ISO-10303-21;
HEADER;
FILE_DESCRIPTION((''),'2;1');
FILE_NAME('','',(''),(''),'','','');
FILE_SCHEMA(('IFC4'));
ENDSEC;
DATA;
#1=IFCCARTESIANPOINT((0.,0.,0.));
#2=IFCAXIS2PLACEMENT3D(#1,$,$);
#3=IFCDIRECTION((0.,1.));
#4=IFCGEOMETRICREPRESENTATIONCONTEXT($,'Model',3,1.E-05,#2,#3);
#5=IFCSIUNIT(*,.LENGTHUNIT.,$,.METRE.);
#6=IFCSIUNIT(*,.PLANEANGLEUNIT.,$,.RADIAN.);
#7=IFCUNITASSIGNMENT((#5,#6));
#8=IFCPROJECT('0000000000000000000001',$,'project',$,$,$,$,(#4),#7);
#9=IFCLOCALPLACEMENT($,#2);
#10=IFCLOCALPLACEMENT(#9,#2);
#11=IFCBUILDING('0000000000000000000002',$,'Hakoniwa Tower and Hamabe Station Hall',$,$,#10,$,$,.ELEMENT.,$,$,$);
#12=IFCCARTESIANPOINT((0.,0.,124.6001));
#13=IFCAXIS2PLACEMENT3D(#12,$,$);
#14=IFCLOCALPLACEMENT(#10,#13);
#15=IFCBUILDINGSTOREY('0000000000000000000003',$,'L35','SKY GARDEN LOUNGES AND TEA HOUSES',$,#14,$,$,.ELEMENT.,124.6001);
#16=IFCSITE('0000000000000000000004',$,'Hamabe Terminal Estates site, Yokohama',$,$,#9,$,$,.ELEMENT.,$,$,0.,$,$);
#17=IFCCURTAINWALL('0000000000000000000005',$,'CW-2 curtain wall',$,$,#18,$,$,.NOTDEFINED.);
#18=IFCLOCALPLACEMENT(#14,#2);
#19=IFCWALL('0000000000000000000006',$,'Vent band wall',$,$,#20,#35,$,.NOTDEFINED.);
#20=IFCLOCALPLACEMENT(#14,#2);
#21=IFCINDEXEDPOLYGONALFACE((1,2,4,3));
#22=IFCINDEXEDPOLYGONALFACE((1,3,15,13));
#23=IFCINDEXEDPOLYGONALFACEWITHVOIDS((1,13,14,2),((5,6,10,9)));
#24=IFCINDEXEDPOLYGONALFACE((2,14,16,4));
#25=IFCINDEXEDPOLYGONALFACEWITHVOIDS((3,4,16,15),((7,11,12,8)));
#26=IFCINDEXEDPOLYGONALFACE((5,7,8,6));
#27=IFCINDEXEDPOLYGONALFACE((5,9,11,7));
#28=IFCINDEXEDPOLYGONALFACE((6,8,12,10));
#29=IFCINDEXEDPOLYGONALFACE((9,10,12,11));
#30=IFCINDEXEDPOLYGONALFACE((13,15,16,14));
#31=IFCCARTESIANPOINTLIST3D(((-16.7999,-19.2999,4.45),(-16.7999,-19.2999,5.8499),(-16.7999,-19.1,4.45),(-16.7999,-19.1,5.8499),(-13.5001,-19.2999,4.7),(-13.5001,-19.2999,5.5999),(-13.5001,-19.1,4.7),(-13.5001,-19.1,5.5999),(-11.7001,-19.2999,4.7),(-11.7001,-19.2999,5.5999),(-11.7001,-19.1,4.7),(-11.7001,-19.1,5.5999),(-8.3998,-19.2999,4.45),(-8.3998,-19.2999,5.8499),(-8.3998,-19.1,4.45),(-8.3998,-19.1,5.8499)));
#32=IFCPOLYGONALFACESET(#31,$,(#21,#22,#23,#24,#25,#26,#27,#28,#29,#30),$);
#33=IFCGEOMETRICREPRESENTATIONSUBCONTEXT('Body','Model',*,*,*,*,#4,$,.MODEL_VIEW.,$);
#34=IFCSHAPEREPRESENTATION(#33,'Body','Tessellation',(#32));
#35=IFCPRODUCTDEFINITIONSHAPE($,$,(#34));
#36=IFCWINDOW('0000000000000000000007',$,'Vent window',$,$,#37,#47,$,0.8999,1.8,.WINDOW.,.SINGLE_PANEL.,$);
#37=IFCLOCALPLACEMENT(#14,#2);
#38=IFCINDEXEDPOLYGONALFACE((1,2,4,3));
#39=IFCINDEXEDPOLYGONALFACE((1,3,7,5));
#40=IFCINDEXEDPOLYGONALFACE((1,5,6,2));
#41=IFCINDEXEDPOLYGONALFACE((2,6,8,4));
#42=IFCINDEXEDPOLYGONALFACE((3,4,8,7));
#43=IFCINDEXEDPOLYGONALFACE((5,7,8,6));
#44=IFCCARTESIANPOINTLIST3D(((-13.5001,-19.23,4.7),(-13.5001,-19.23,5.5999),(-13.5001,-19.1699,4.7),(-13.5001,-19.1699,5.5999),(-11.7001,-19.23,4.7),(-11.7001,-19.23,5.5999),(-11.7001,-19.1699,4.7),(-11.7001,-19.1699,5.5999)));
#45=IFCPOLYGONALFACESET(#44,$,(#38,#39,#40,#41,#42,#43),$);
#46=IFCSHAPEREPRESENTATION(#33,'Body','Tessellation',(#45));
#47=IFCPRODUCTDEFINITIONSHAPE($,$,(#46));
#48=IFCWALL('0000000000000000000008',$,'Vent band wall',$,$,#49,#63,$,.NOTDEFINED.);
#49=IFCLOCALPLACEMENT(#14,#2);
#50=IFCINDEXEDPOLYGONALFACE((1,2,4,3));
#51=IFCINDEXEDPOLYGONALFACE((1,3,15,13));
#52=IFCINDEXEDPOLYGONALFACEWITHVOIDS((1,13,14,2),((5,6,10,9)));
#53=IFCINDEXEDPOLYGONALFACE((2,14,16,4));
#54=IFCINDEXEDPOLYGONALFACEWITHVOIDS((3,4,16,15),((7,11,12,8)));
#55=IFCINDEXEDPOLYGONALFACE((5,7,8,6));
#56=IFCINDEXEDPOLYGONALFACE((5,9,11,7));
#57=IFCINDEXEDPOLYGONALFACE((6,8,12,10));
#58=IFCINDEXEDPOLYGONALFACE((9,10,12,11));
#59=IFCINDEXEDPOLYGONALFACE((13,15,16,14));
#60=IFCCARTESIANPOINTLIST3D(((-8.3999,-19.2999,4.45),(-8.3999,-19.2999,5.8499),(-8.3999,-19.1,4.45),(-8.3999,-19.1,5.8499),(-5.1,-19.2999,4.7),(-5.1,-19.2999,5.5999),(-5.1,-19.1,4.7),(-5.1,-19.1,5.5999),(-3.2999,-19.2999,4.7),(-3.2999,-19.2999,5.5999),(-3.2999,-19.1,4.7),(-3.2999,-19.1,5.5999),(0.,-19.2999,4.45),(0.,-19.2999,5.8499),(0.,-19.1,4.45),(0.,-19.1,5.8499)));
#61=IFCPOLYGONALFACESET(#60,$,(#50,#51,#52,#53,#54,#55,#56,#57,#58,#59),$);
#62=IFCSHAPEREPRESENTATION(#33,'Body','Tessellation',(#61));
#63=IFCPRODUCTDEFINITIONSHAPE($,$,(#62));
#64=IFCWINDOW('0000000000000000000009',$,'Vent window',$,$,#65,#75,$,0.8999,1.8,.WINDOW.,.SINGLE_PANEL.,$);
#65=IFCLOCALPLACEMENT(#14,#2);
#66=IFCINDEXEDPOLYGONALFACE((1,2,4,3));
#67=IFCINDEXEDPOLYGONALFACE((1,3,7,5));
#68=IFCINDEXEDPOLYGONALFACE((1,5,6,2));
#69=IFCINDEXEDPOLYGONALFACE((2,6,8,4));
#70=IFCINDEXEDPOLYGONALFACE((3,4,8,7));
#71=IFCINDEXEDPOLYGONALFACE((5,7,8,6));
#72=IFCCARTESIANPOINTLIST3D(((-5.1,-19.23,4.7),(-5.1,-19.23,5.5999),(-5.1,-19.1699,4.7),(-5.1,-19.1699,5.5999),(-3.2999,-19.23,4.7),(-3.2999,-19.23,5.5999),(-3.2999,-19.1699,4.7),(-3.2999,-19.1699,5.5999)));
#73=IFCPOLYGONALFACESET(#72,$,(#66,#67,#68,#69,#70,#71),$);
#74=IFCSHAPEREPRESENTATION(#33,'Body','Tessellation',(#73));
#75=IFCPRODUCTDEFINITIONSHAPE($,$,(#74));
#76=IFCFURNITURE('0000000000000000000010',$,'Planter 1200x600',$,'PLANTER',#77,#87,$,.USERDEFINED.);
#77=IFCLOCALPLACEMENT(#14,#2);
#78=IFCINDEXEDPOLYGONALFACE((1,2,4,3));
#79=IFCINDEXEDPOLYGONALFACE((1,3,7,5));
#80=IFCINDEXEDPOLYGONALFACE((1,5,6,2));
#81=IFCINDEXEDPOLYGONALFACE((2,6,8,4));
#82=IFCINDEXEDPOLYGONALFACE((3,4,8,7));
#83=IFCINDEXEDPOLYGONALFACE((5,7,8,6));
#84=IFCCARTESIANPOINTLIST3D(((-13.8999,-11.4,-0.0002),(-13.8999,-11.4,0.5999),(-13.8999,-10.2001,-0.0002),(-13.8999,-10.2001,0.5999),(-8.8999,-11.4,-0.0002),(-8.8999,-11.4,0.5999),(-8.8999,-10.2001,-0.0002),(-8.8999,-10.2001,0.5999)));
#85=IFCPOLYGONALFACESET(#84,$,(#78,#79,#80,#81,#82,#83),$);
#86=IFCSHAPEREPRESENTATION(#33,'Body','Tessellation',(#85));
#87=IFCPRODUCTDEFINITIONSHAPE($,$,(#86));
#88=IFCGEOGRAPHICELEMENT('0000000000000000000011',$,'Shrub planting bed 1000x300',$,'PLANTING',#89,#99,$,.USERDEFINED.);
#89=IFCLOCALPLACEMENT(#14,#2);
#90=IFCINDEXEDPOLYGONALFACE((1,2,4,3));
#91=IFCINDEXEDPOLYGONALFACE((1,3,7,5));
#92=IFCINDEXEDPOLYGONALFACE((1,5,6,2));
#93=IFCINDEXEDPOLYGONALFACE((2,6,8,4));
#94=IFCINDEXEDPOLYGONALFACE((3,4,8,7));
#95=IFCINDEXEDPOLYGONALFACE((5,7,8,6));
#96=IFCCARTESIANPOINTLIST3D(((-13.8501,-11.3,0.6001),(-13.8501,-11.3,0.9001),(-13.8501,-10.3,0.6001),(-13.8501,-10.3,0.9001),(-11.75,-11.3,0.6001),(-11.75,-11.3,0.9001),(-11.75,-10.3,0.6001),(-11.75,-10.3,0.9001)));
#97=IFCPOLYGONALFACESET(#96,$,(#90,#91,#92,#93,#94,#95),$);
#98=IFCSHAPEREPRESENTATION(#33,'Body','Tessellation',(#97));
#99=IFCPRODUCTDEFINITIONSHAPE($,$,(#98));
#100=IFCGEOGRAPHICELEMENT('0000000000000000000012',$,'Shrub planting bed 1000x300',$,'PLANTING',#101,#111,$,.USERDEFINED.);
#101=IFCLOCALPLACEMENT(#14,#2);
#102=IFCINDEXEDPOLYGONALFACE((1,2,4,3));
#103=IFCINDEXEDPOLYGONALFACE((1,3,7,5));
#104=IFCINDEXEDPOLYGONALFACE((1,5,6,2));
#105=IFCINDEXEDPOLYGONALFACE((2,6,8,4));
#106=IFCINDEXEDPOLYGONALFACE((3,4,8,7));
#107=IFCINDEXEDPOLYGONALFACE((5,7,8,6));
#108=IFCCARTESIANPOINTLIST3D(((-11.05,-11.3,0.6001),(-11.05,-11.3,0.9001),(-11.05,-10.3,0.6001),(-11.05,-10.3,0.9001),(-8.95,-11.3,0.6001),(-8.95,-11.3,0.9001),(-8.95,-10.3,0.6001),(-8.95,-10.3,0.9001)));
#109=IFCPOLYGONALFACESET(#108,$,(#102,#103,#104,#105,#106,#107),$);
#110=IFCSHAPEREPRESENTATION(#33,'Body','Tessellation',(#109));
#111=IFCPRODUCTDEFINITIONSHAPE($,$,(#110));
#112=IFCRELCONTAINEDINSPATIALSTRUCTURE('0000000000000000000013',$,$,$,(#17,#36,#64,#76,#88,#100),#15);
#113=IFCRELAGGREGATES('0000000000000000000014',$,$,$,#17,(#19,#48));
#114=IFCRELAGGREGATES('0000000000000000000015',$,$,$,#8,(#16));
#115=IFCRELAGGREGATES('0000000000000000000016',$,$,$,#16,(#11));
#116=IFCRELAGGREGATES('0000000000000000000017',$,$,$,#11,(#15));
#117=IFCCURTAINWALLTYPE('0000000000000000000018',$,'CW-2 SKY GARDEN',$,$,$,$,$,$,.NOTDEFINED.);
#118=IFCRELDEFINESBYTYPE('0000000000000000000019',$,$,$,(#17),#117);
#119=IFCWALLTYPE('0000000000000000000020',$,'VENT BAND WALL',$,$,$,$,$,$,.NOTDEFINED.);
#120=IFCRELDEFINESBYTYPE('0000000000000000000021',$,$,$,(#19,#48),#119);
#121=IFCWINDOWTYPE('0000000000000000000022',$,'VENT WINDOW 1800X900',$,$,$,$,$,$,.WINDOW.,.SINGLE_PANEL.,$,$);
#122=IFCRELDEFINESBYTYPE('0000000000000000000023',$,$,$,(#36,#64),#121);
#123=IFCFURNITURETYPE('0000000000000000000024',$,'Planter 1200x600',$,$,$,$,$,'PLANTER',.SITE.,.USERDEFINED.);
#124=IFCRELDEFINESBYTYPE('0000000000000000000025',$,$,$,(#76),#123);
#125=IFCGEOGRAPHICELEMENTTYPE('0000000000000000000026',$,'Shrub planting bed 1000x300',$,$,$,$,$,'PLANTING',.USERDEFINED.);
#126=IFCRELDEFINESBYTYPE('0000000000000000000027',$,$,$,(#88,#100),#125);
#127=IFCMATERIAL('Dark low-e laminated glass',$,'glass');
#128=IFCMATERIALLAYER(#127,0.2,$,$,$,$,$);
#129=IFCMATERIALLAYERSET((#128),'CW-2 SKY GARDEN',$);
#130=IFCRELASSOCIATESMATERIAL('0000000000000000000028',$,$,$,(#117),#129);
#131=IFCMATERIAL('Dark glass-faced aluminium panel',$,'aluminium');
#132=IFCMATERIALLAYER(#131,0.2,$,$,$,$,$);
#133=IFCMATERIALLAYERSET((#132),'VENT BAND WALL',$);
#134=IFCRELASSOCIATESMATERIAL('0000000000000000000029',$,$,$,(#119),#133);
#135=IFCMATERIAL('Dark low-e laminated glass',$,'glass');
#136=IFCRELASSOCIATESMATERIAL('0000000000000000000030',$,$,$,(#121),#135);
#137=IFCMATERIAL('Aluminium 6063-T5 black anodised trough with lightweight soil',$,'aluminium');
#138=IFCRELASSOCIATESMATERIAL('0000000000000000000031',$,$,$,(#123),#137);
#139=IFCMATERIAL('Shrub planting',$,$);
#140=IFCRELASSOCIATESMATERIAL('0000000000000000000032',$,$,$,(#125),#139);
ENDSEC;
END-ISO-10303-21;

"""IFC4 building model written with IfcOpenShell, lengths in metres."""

from ifc_helpers import new_model, si_unit, direction, frame, frame_2d, origin, origin_2d, place, context, subcontext, project, spatial, rectangle, extrude, material, layer, layer_set, type_object, element, fill, aggregate, save


model = new_model("IFC4")

# Units and contexts
model_context = context("Model", 3, precision=1e-05, world=origin(), true_north=direction((0.0, 1.0)))
body_context = subcontext(model_context, "Body", "Model", "MODEL_VIEW")
ifc_project = project(units=[si_unit("LENGTHUNIT", "METRE"), si_unit("PLANEANGLEUNIT", "RADIAN")], contexts=[model_context])

# Site, building, storey
site_placement = place(None, origin())
site = spatial("IfcSite", under=ifc_project, at=site_placement, Name="Hamabe Terminal Estates site, Yokohama", CompositionType="ELEMENT", RefElevation=0.0)
building_placement = place(site_placement, origin())
building = spatial("IfcBuilding", under=site, at=building_placement, Name="Hakoniwa Tower and Hamabe Station Hall", CompositionType="ELEMENT")
storey_placement = place(building_placement, frame((0.0, 0.0, 124.6001)))
storey = spatial("IfcBuildingStorey", under=building, at=storey_placement, Name="L35", Description="SKY GARDEN LOUNGES AND TEA HOUSES", CompositionType="ELEMENT", Elevation=124.6001)

# Curtain wall
ifc_material_1 = material(Name="Dark low-e laminated glass", Category="glass")
ifc_layer_1 = layer(ifc_material_1, 0.2)
ifc_layer_set_1 = layer_set([ifc_layer_1], Name="CW-2 SKY GARDEN")
curtain_wall_type = type_object("IfcCurtainWallType", Name="CW-2 SKY GARDEN", PredefinedType="NOTDEFINED", material=ifc_layer_set_1)
curtain_wall_placement = place(storey_placement, origin())
curtain_wall = element("IfcCurtainWall", 1, at=curtain_wall_placement, inside=storey, type_object=curtain_wall_type, Name="CW-2 curtain wall", PredefinedType="NOTDEFINED")

# Walls, openings, windows
ifc_material_2 = material(Name="Dark glass-faced aluminium panel", Category="aluminium")
ifc_layer_2 = layer(ifc_material_2, 0.2)
ifc_layer_set_2 = layer_set([ifc_layer_2], Name="VENT BAND WALL")
wall_type_1 = type_object("IfcWallType", Name="VENT BAND WALL", PredefinedType="NOTDEFINED", material=ifc_layer_set_2)
ifc_material_3 = material(Name="Dark low-e laminated glass", Category="glass")
window_type = type_object("IfcWindowType", Name="VENT WINDOW 1800X900", PartitioningType="SINGLE_PANEL", PredefinedType="WINDOW", material=ifc_material_3)
wall_1_placement = place(storey_placement, frame((-16.8, -19.2, 4.45), z_axis=(0.0, 0.0, 1.0), x_axis=(1.0, 0.0, 0.0)))
wall_1 = element("IfcWall", 2, at=wall_1_placement, type_object=wall_type_1, Name="Vent band wall", PredefinedType="NOTDEFINED", context=body_context, shape_type="SweptSolid", body=[
    extrude(rectangle(XDim=8.4001, YDim=0.2, at=frame_2d((4.2002, 0.0))), origin(), (0.0, 0.0, 1.0), 1.3999),
])
opening_1_placement = place(wall_1_placement, frame((3.3, 0.0, 0.25)))
opening_1 = element("IfcOpeningElement", 3, at=opening_1_placement, cuts=wall_1, PredefinedType="OPENING", context=body_context, shape_type="SweptSolid", body=[
    extrude(rectangle(XDim=1.8, YDim=0.8999, at=frame_2d((0.8999, 0.45))), frame((0.0, 0.1099, 0.0), z_axis=(0.0, -1.0, 0.0), x_axis=(1.0, 0.0, 0.0)), (0.0, 0.0, 1.0), 0.22),
])
window_1_placement = place(opening_1_placement, origin())
window_1 = element("IfcWindow", 4, at=window_1_placement, inside=storey, type_object=window_type, Name="Vent window", OverallHeight=0.8999, OverallWidth=1.8, PartitioningType="SINGLE_PANEL", PredefinedType="WINDOW", context=body_context, shape_type="SweptSolid", body=[
    extrude(rectangle(XDim=1.8, YDim=0.8999, at=frame_2d((0.8999, 0.45))), frame((0.0, 0.03, 0.0), z_axis=(0.0, -1.0, 0.0), x_axis=(1.0, 0.0, 0.0)), (0.0, 0.0, 1.0), 0.0601),
])
fill(opening_1, window_1)
wall_2_placement = place(storey_placement, frame((-8.3999, -19.2, 4.45), z_axis=(0.0, 0.0, 1.0), x_axis=(1.0, 0.0, 0.0)))
wall_2 = element("IfcWall", 5, at=wall_2_placement, type_object=wall_type_1, Name="Vent band wall", PredefinedType="NOTDEFINED", context=body_context, shape_type="SweptSolid", body=[
    extrude(rectangle(XDim=8.3999, YDim=0.2, at=frame_2d((4.2, 0.0))), origin(), (0.0, 0.0, 1.0), 1.3999),
])
opening_2_placement = place(wall_2_placement, frame((3.3, 0.0, 0.25)))
opening_2 = element("IfcOpeningElement", 6, at=opening_2_placement, cuts=wall_2, PredefinedType="OPENING", context=body_context, shape_type="SweptSolid", body=[
    extrude(rectangle(XDim=1.8, YDim=0.8999, at=frame_2d((0.8999, 0.45))), frame((0.0, 0.1099, 0.0), z_axis=(0.0, -1.0, 0.0), x_axis=(1.0, 0.0, 0.0)), (0.0, 0.0, 1.0), 0.22),
])
window_2_placement = place(opening_2_placement, origin())
window_2 = element("IfcWindow", 7, at=window_2_placement, inside=storey, type_object=window_type, Name="Vent window", OverallHeight=0.8999, OverallWidth=1.8, PartitioningType="SINGLE_PANEL", PredefinedType="WINDOW", context=body_context, shape_type="SweptSolid", body=[
    extrude(rectangle(XDim=1.8, YDim=0.8999, at=frame_2d((0.8999, 0.45))), frame((0.0, 0.03, 0.0), z_axis=(0.0, -1.0, 0.0), x_axis=(1.0, 0.0, 0.0)), (0.0, 0.0, 1.0), 0.0601),
])
fill(opening_2, window_2)
aggregate(curtain_wall, [wall_1, wall_2])

# Furniture
ifc_material_4 = material(Name="Aluminium 6063-T5 black anodised trough with lightweight soil", Category="aluminium")
furniture_type = type_object("IfcFurnitureType", Name="Planter 1200x600", ElementType="PLANTER", AssemblyPlace="SITE", PredefinedType="USERDEFINED", material=ifc_material_4)
furniture_placement = place(storey_placement, frame((-11.3999, -10.8, -0.0002), z_axis=(0.0, 0.0, 1.0), x_axis=(1.0, 0.0, 0.0)))
element("IfcFurniture", 8, at=furniture_placement, inside=storey, type_object=furniture_type, Name="Planter 1200x600", ObjectType="PLANTER", PredefinedType="USERDEFINED", context=body_context, shape_type="SweptSolid", body=[
    extrude(rectangle(XDim=5.0, YDim=1.2, at=origin_2d()), origin(), (0.0, 0.0, 1.0), 0.6001),
])

# Geographic elements
ifc_material_5 = material(Name="Shrub planting")
geographic_element_type = type_object("IfcGeographicElementType", Name="Shrub planting bed 1000x300", ElementType="PLANTING", PredefinedType="USERDEFINED", material=ifc_material_5)
for number, where, z_axis, x_axis, name in (
    (9, (-12.8, -10.8, 0.6001), (0.0, 0.0, 1.0), (1.0, 0.0, 0.0), "Shrub planting bed 1000x300"),
    (10, (-10.0, -10.8, 0.6001), (0.0, 0.0, 1.0), (1.0, 0.0, 0.0), "Shrub planting bed 1000x300"),
):
    element("IfcGeographicElement", number, at=place(storey_placement, frame(where, z_axis=z_axis, x_axis=x_axis)), inside=storey, type_object=geographic_element_type, Name=name, ObjectType="PLANTING", PredefinedType="USERDEFINED", context=body_context, shape_type="SweptSolid", body=[
        extrude(rectangle(XDim=2.1001, YDim=1.0, at=origin_2d()), origin(), (0.0, 0.0, 1.0), 0.3),
    ])

save(model, "model.ifc")
